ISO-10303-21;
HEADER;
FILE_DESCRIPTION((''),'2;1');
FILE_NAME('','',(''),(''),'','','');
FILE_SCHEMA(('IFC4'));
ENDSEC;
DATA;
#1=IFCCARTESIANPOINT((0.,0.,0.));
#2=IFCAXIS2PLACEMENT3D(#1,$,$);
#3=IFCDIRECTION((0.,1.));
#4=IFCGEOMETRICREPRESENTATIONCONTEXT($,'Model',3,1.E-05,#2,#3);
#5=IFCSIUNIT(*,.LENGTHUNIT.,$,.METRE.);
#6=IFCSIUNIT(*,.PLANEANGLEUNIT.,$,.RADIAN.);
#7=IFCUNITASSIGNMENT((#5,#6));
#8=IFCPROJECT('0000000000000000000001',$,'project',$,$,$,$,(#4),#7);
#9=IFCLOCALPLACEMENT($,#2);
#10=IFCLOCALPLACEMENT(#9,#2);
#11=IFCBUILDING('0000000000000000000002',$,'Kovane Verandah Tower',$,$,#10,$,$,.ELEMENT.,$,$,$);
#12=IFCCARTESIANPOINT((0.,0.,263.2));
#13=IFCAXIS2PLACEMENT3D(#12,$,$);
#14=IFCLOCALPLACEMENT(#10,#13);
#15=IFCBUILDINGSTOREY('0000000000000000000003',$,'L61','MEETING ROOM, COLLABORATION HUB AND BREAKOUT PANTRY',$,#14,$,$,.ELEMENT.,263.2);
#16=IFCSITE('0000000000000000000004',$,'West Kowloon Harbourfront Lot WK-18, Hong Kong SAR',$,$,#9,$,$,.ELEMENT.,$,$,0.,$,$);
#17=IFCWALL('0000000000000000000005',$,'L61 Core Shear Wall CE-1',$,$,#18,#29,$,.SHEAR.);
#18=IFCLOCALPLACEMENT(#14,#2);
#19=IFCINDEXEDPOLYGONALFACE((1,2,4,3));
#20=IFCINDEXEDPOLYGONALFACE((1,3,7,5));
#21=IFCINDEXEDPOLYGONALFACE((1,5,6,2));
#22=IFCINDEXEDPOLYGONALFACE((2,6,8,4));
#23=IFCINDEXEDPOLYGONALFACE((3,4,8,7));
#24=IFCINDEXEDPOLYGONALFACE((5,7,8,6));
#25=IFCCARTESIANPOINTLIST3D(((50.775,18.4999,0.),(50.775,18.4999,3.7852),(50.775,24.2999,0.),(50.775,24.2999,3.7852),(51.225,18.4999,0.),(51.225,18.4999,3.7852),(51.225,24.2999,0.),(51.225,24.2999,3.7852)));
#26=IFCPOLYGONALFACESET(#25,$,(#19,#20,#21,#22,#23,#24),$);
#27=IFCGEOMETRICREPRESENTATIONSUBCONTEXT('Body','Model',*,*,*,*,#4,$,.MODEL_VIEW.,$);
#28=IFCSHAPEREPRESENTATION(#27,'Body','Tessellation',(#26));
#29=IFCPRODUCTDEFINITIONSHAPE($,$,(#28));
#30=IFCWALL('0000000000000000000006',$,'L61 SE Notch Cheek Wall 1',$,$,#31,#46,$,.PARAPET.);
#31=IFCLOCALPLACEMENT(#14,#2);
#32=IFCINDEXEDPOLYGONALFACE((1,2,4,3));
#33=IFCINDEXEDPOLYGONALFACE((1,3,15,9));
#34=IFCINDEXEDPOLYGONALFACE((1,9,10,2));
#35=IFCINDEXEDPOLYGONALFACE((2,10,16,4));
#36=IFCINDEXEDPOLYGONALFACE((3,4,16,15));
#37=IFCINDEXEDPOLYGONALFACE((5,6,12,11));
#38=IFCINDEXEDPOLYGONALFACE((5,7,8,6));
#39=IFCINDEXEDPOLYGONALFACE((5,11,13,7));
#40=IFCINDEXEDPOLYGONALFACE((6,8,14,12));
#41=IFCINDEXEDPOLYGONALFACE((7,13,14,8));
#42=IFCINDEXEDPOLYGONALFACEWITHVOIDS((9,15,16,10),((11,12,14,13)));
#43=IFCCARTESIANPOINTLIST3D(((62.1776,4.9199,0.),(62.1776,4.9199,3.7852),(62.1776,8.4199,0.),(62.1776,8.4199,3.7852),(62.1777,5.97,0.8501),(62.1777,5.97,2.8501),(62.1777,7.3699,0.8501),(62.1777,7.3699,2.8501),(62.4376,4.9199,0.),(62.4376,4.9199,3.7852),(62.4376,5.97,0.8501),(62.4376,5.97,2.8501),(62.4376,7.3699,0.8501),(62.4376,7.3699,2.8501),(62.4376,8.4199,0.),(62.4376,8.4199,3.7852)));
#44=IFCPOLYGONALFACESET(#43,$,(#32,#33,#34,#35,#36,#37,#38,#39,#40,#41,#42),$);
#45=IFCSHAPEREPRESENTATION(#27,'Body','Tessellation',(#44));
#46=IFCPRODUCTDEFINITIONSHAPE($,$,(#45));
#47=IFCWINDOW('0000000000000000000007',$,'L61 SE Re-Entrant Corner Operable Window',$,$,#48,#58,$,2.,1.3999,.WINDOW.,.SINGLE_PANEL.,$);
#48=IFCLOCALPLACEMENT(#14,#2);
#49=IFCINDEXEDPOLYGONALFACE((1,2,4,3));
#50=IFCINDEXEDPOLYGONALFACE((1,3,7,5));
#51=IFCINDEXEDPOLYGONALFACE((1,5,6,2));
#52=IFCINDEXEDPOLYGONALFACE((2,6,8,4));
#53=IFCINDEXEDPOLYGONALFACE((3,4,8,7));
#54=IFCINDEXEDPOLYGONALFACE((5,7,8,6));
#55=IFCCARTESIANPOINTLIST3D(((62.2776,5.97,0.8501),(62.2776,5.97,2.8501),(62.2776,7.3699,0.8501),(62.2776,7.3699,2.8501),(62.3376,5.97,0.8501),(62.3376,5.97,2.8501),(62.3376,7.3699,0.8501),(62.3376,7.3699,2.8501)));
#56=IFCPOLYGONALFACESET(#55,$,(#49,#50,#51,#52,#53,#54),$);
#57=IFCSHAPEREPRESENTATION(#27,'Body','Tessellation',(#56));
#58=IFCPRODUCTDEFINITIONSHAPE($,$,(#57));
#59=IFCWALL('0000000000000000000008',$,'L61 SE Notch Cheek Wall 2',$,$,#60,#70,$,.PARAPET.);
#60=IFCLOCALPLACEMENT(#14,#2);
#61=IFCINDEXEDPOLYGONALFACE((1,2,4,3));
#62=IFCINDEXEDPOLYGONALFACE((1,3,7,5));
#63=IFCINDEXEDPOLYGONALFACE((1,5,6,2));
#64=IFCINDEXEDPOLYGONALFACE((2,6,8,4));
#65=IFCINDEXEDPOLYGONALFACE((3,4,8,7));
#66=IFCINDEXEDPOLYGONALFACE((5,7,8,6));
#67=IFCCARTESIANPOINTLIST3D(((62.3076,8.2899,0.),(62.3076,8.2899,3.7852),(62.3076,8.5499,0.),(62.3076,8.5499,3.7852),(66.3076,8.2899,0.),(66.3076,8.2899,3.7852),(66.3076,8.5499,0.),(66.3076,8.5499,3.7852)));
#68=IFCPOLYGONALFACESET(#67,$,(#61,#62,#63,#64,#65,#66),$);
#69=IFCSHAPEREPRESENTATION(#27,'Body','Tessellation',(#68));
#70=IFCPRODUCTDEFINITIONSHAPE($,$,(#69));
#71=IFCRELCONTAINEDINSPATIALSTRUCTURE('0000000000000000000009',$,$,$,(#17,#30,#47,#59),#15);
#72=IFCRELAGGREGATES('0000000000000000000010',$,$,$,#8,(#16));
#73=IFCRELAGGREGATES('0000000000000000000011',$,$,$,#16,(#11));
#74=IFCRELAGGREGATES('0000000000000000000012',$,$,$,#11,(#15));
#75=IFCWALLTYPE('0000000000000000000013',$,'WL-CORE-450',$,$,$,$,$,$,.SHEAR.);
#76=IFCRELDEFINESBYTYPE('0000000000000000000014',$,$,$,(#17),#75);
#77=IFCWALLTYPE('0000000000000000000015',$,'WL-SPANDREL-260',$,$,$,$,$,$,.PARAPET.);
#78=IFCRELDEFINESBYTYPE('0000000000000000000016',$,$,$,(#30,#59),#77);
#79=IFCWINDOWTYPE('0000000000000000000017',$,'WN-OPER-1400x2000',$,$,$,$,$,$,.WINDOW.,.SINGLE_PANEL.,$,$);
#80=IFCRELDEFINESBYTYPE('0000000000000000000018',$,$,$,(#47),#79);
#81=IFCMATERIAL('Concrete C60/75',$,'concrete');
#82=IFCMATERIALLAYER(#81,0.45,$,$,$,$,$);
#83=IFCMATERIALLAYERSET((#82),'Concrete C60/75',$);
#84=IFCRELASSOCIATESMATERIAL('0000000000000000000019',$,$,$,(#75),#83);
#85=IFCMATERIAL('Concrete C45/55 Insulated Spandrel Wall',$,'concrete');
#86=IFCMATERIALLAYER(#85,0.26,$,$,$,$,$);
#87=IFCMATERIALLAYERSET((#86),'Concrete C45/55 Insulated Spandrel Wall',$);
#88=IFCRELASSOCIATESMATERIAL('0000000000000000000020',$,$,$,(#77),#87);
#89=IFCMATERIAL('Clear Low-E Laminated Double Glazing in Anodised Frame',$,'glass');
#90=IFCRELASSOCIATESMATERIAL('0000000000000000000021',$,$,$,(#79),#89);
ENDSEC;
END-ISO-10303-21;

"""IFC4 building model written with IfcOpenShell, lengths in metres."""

from ifc_helpers import new_model, si_unit, direction, frame, frame_2d, origin, place, context, subcontext, project, spatial, rectangle, extrude, material, layer, layer_set, type_object, element, fill, save


model = new_model("IFC4")

# Units and contexts
model_context = context("Model", 3, precision=1e-05, world=origin(), true_north=direction((0.0, 1.0)))
body_context = subcontext(model_context, "Body", "Model", "MODEL_VIEW")
ifc_project = project(units=[si_unit("LENGTHUNIT", "METRE"), si_unit("PLANEANGLEUNIT", "RADIAN")], contexts=[model_context])

# Site, building, storey
site_placement = place(None, origin())
site = spatial("IfcSite", under=ifc_project, at=site_placement, Name="West Kowloon Harbourfront Lot WK-18, Hong Kong SAR", CompositionType="ELEMENT", RefElevation=0.0)
building_placement = place(site_placement, origin())
building = spatial("IfcBuilding", under=site, at=building_placement, Name="Kovane Verandah Tower", CompositionType="ELEMENT")
storey_placement = place(building_placement, frame((0.0, 0.0, 263.2)))
storey = spatial("IfcBuildingStorey", under=building, at=storey_placement, Name="L61", Description="MEETING ROOM, COLLABORATION HUB AND BREAKOUT PANTRY", CompositionType="ELEMENT", Elevation=263.2)

# Shared definitions
ifc_material_1 = material(Name="Concrete C60/75", Category="concrete")

# Wall
ifc_layer_1 = layer(ifc_material_1, 0.45)
ifc_layer_set_1 = layer_set([ifc_layer_1], Name="Concrete C60/75")
wall_type_1 = type_object("IfcWallType", Name="WL-CORE-450", PredefinedType="SHEAR", material=ifc_layer_set_1)
wall_1_placement = place(storey_placement, frame((51.0, 18.5, 0.0), z_axis=(0.0, 0.0, 1.0), x_axis=(0.0, 1.0, 0.0)))
element("IfcWall", 1, at=wall_1_placement, inside=storey, type_object=wall_type_1, Name="L61 Core Shear Wall CE-1", PredefinedType="SHEAR", context=body_context, shape_type="SweptSolid", body=[
    extrude(rectangle(XDim=5.8, YDim=0.45, at=frame_2d((2.8999, 0.0))), origin(), (0.0, 0.0, 1.0), 3.7852),
])

# Shared definitions
ifc_material_2 = material(Name="Concrete C45/55 Insulated Spandrel Wall", Category="concrete")
ifc_layer_2 = layer(ifc_material_2, 0.26)
ifc_layer_set_2 = layer_set([ifc_layer_2], Name="Concrete C45/55 Insulated Spandrel Wall")
wall_type_2 = type_object("IfcWallType", Name="WL-SPANDREL-260", PredefinedType="PARAPET", material=ifc_layer_set_2)
ifc_material_3 = material(Name="Clear Low-E Laminated Double Glazing in Anodised Frame", Category="glass")

# Wall, opening, window
wall_2_placement = place(storey_placement, frame((62.3076, 4.9199, 0.0), z_axis=(0.0, 0.0, 1.0), x_axis=(0.0, 1.0, 0.0)))
wall_2 = element("IfcWall", 2, at=wall_2_placement, inside=storey, type_object=wall_type_2, Name="L61 SE Notch Cheek Wall 1", PredefinedType="PARAPET", context=body_context, shape_type="SweptSolid", body=[
    extrude(rectangle(XDim=3.5, YDim=0.26, at=frame_2d((1.75, 0.0))), origin(), (0.0, 0.0, 1.0), 3.7852),
])
opening_1_placement = place(wall_2_placement, frame((1.05, 0.0, 0.8501)))
opening_1 = element("IfcOpeningElement", 3, at=opening_1_placement, cuts=wall_2, PredefinedType="OPENING", context=body_context, shape_type="SweptSolid", body=[
    extrude(rectangle(XDim=1.3999, YDim=2.0, at=frame_2d((0.7, 1.0))), frame((0.0, 0.1299, 0.0), z_axis=(0.0, -1.0, 0.0), x_axis=(1.0, 0.0, 0.0)), (0.0, 0.0, 1.0), 0.26),
])
window_type_1 = type_object("IfcWindowType", Name="WN-OPER-1400x2000", PartitioningType="SINGLE_PANEL", PredefinedType="WINDOW", material=ifc_material_3)
window_1_placement = place(opening_1_placement, origin())
window_1 = element("IfcWindow", 4, at=window_1_placement, inside=storey, type_object=window_type_1, Name="L61 SE Re-Entrant Corner Operable Window", OverallHeight=2.0, OverallWidth=1.3999, PartitioningType="SINGLE_PANEL", PredefinedType="WINDOW", context=body_context, shape_type="SweptSolid", body=[
    extrude(rectangle(XDim=1.3999, YDim=2.0, at=frame_2d((0.7, 1.0))), frame((0.0, 0.03, 0.0), z_axis=(0.0, -1.0, 0.0), x_axis=(1.0, 0.0, 0.0)), (0.0, 0.0, 1.0), 0.0601),
])
fill(opening_1, window_1)

# Wall
wall_3_placement = place(storey_placement, frame((62.3076, 8.4199, 0.0), z_axis=(0.0, 0.0, 1.0), x_axis=(1.0, 0.0, 0.0)))
element("IfcWall", 5, at=wall_3_placement, inside=storey, type_object=wall_type_2, Name="L61 SE Notch Cheek Wall 2", PredefinedType="PARAPET", context=body_context, shape_type="SweptSolid", body=[
    extrude(rectangle(XDim=4.0, YDim=0.26, at=frame_2d((2.0, 0.0))), origin(), (0.0, 0.0, 1.0), 3.7852),
])

save(model, "model.ifc")
